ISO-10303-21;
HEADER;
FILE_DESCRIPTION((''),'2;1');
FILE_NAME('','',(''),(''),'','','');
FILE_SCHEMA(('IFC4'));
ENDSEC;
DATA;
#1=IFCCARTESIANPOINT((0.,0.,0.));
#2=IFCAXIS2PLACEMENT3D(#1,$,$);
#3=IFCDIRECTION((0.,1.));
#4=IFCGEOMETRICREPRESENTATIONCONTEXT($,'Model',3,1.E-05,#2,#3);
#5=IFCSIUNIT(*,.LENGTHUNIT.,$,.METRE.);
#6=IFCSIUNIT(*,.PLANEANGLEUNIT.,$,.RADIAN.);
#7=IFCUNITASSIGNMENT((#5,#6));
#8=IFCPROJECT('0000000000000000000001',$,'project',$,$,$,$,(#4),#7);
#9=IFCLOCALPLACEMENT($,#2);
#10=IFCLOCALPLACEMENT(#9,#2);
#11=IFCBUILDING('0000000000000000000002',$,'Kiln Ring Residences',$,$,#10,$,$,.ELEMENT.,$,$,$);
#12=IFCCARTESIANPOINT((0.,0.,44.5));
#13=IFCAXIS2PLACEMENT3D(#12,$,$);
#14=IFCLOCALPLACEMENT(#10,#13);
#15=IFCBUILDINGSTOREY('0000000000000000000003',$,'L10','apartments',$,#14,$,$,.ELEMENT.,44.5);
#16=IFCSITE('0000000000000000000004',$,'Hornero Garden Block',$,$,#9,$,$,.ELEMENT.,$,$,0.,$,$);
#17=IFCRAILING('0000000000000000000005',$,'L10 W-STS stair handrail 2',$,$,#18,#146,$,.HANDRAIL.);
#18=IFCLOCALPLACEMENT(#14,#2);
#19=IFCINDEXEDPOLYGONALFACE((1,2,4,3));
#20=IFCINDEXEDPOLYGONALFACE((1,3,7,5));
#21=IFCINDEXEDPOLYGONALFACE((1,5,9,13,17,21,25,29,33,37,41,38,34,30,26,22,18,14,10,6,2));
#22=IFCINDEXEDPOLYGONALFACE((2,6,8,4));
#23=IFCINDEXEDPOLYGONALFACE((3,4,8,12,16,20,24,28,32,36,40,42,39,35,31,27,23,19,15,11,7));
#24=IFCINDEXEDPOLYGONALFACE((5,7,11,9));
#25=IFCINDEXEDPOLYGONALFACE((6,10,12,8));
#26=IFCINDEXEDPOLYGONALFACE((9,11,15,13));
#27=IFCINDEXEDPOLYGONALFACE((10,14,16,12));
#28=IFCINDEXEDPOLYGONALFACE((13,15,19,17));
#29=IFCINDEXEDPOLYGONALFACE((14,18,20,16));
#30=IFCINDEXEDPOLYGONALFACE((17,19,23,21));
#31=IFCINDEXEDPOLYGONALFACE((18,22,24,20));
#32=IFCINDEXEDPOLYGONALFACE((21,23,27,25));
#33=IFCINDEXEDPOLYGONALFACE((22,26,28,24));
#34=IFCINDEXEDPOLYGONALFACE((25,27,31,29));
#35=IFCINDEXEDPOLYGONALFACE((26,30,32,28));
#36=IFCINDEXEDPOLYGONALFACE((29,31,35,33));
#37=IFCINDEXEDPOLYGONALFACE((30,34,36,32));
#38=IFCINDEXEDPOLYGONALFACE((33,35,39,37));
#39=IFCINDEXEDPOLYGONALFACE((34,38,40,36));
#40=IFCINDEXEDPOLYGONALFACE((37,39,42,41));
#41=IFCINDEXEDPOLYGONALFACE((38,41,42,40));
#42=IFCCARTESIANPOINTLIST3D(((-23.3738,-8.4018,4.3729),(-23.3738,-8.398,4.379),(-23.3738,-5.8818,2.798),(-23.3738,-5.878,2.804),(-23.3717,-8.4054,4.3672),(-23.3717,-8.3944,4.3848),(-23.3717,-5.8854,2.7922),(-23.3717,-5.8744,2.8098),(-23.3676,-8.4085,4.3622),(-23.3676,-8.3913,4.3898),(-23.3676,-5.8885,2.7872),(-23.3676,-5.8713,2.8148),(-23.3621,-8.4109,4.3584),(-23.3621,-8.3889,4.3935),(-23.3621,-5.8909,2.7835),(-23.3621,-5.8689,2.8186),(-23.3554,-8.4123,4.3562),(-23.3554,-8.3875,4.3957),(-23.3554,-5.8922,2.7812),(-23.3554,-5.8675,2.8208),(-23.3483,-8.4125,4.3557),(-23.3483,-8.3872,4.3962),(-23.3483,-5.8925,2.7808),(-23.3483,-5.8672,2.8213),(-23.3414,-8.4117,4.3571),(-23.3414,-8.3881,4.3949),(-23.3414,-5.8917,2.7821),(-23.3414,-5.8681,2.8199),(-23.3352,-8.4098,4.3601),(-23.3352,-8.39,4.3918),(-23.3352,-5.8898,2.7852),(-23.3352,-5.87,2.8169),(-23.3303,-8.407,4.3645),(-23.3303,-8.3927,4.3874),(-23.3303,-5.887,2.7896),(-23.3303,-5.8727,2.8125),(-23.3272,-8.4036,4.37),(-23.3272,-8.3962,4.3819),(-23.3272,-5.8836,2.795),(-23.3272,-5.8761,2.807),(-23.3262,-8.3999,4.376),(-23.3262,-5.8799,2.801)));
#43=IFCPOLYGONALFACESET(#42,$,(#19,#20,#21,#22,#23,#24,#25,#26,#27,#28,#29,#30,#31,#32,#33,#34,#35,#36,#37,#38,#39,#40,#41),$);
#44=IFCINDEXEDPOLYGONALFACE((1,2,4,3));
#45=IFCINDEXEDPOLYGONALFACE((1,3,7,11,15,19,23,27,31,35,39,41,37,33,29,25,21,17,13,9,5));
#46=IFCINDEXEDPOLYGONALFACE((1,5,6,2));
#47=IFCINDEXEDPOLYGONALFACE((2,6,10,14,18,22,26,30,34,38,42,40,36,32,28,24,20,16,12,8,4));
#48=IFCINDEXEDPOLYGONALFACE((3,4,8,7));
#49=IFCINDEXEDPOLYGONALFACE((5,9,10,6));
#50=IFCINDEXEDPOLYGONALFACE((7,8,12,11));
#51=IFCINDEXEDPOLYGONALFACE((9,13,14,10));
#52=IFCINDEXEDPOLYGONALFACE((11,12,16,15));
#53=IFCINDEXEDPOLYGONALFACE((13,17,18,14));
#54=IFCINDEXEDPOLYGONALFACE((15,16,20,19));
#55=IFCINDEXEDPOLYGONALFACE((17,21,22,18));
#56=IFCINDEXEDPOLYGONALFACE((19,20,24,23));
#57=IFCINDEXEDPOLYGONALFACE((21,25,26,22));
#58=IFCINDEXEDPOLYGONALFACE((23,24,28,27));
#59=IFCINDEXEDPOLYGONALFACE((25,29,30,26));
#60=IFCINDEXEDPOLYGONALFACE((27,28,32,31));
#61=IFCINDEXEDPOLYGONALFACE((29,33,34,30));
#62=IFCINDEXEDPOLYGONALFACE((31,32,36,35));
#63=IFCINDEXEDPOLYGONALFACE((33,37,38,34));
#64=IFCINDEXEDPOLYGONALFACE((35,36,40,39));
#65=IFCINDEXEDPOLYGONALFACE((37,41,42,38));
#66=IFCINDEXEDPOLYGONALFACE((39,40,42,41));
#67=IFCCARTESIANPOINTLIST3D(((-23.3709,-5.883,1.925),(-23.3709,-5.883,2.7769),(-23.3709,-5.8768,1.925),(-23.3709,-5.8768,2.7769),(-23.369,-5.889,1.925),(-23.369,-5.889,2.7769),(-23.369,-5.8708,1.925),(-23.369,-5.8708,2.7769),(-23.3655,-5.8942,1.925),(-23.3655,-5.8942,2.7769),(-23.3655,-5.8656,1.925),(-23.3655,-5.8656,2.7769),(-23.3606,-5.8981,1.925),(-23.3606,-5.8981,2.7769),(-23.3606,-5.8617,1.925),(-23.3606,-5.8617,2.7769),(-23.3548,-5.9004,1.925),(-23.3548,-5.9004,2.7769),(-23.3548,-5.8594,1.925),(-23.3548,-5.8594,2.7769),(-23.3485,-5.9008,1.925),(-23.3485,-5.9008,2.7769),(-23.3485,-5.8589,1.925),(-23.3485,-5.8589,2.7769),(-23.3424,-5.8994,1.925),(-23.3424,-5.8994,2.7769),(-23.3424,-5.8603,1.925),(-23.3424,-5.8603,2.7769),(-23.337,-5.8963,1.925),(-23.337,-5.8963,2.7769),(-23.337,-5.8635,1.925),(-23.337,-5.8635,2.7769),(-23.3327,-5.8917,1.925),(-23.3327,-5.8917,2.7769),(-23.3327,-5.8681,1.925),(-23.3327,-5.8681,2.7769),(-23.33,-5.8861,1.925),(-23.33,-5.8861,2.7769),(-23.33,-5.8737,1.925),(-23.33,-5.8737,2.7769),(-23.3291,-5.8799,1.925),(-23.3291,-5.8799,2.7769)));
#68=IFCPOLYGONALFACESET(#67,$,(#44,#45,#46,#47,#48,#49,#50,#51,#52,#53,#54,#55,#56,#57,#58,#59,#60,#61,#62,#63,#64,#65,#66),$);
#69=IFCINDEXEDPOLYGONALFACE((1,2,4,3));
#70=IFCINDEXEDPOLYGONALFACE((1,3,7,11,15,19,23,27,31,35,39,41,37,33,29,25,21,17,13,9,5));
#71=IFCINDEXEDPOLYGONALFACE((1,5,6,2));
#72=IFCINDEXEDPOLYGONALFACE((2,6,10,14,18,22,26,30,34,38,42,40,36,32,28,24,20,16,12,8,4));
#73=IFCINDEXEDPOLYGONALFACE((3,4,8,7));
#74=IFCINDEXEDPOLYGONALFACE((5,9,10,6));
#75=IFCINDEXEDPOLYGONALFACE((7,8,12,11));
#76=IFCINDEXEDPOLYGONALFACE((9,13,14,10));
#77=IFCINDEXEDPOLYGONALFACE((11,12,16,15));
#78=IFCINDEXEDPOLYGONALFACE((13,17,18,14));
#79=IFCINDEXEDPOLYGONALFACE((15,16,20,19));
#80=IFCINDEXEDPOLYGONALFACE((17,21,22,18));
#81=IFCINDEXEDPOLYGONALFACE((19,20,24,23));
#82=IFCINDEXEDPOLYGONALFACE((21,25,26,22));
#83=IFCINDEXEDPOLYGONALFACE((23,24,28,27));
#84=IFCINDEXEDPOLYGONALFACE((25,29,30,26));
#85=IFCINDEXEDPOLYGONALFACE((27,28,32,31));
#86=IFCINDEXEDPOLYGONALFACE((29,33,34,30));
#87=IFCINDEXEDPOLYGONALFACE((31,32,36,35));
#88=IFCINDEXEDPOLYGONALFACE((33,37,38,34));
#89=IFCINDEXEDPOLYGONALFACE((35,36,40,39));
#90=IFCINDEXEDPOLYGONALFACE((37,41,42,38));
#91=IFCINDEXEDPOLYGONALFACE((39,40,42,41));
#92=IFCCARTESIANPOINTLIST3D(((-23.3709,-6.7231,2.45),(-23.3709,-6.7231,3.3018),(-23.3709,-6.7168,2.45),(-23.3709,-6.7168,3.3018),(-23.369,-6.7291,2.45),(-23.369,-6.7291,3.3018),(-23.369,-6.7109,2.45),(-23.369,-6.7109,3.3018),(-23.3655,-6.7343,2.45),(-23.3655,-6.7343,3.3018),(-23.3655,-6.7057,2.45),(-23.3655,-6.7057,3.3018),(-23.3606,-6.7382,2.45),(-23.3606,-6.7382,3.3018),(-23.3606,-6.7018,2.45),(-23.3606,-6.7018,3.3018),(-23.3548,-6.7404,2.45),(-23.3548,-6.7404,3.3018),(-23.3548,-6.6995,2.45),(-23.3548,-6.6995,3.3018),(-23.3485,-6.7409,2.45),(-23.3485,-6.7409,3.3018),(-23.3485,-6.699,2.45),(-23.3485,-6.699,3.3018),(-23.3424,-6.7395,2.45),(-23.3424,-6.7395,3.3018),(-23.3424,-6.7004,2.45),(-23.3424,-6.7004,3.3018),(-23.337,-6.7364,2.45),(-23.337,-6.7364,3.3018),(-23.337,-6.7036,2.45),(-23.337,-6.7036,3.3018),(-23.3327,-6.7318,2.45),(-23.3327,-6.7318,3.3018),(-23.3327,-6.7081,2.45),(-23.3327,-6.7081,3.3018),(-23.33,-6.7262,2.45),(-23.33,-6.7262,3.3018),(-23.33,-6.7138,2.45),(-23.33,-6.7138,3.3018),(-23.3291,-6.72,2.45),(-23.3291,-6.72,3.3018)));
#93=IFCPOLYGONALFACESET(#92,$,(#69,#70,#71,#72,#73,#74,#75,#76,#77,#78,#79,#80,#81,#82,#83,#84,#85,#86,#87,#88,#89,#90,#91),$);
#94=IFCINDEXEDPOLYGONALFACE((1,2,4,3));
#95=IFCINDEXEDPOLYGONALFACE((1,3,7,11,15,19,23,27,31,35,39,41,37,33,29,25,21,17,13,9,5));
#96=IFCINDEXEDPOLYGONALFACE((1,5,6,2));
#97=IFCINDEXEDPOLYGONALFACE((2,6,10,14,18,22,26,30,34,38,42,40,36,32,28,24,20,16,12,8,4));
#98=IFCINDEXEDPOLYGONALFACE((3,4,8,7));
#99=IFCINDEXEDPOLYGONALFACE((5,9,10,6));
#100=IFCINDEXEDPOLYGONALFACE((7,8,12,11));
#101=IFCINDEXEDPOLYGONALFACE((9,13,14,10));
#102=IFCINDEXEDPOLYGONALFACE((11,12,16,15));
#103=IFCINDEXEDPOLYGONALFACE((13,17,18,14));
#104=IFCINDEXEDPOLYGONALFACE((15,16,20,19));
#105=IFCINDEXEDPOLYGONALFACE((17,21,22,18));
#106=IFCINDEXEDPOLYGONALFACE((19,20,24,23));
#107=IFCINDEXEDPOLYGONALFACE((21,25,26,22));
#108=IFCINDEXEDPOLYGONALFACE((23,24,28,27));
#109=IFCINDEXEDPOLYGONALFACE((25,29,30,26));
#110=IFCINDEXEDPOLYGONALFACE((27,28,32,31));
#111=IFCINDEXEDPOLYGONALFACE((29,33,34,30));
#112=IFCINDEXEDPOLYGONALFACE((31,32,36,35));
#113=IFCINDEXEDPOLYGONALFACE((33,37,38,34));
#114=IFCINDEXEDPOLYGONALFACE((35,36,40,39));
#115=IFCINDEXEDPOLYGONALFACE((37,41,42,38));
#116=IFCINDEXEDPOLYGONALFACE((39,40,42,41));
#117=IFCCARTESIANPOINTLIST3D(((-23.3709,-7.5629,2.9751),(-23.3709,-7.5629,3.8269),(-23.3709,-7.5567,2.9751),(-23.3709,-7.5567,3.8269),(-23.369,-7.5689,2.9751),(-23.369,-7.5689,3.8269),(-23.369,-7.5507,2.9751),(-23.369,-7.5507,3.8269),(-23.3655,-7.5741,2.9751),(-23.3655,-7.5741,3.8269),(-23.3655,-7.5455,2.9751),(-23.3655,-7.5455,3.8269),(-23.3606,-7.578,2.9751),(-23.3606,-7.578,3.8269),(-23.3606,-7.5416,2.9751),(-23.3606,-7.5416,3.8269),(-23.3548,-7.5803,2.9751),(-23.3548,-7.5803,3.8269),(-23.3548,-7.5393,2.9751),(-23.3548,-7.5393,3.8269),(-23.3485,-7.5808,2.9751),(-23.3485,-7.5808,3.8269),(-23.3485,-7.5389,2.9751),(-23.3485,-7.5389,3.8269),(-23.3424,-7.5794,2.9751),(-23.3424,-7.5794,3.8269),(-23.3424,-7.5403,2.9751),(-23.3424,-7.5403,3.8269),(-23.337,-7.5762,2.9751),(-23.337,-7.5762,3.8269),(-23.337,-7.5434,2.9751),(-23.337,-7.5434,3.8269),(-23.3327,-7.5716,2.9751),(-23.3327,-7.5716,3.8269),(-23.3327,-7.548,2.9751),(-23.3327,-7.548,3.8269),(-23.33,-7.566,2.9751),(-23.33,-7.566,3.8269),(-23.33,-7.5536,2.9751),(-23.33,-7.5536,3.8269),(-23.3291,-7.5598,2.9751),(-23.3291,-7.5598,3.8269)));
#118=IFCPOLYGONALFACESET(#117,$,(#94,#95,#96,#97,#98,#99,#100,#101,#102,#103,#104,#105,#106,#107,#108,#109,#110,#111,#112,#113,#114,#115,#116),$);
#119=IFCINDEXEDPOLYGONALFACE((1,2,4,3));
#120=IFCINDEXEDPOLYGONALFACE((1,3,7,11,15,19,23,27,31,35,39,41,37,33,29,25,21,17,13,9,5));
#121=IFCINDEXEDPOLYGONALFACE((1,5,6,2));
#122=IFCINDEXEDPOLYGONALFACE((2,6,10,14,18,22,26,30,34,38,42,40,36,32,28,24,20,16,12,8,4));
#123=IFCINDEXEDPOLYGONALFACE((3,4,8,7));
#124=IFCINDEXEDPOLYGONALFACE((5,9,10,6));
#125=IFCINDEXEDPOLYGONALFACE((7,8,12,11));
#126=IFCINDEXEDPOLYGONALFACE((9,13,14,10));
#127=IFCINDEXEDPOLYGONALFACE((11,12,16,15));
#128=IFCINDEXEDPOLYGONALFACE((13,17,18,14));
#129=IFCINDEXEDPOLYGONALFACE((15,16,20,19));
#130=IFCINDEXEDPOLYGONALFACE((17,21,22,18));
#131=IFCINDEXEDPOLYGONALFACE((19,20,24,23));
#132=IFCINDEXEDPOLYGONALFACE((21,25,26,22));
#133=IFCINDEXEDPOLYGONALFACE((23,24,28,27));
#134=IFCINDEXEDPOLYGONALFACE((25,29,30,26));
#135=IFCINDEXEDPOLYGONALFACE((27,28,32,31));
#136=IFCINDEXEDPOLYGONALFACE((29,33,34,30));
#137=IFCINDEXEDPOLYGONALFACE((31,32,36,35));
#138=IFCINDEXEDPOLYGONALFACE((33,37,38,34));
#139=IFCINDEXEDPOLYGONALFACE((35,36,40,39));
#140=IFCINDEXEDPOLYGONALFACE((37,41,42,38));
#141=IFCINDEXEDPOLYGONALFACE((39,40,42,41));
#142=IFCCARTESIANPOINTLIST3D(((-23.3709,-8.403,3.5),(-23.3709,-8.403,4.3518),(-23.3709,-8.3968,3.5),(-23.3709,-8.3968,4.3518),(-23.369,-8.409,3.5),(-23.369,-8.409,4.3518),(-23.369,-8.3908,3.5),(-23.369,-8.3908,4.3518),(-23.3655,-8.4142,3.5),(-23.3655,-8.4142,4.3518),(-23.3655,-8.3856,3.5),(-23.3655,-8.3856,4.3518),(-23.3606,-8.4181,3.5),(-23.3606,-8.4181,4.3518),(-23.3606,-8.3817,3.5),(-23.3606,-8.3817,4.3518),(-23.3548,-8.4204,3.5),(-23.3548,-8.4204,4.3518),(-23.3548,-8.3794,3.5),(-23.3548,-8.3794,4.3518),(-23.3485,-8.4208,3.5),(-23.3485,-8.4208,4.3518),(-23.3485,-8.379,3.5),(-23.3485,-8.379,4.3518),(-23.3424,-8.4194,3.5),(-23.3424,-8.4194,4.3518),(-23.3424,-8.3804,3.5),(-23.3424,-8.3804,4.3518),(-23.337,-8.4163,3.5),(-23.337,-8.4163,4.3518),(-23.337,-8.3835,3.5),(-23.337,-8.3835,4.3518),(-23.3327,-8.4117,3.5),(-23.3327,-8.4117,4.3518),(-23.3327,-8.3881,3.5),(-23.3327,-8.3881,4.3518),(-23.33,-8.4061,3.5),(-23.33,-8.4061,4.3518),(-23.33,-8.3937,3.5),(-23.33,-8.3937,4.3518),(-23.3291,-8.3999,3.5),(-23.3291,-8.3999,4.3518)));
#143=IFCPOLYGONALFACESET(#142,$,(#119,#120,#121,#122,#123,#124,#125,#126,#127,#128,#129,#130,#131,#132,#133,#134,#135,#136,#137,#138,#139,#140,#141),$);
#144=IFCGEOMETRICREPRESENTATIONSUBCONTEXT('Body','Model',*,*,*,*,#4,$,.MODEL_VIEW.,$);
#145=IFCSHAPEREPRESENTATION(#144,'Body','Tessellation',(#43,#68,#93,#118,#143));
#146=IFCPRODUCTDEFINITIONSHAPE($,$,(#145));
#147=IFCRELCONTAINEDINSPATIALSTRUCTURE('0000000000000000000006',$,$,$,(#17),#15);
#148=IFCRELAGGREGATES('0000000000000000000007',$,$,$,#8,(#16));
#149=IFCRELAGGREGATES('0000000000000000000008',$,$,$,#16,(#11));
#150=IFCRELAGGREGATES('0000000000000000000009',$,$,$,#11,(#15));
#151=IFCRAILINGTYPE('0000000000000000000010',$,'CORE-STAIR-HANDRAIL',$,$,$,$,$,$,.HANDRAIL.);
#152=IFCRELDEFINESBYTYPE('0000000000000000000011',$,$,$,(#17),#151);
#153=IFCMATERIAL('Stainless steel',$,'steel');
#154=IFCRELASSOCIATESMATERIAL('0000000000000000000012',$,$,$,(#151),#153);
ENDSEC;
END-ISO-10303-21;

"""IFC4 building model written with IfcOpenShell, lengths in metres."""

from ifc_helpers import new_model, si_unit, direction, frame, origin, origin_2d, place, context, subcontext, project, spatial, circle, extrude, material, type_object, element, save


model = new_model("IFC4")

# Units and contexts
model_context = context("Model", 3, precision=1e-05, world=origin(), true_north=direction((0.0, 1.0)))
body_context = subcontext(model_context, "Body", "Model", "MODEL_VIEW")
ifc_project = project(units=[si_unit("LENGTHUNIT", "METRE"), si_unit("PLANEANGLEUNIT", "RADIAN")], contexts=[model_context])

# Site, building, storey
site_placement = place(None, origin())
site = spatial("IfcSite", under=ifc_project, at=site_placement, Name="Hornero Garden Block", CompositionType="ELEMENT", RefElevation=0.0)
building_placement = place(site_placement, origin())
building = spatial("IfcBuilding", under=site, at=building_placement, Name="Kiln Ring Residences", CompositionType="ELEMENT")
storey_placement = place(building_placement, frame((0.0, 0.0, 44.5)))
storey = spatial("IfcBuildingStorey", under=building, at=storey_placement, Name="L10", Description="apartments", CompositionType="ELEMENT", Elevation=44.5)

# Railing
ifc_material_1 = material(Name="Stainless steel", Category="steel")
railing_type_1 = type_object("IfcRailingType", Name="CORE-STAIR-HANDRAIL", PredefinedType="HANDRAIL", material=ifc_material_1)
railing_1_placement = place(storey_placement, frame((-23.3501, -5.8799, 1.925)))
element("IfcRailing", 1, at=railing_1_placement, inside=storey, type_object=railing_type_1, Name="L10 W-STS stair handrail 2", PredefinedType="HANDRAIL", context=body_context, shape_type="SweptSolid", body=[
    extrude(circle(Radius=0.0239, at=origin_2d()), frame((0.0, 0.0, 0.876), z_axis=(0.0, -0.848008, 0.529984), x_axis=(1.0, 0.0, 0.0)), (0.0, 0.0, 1.0), 2.9717),
    extrude(circle(Radius=0.021, at=origin_2d()), origin(), (0.0, 0.0, 1.0), 0.8518),
    extrude(circle(Radius=0.021, at=origin_2d()), frame((0.0, -0.8401, 0.5249)), (0.0, 0.0, 1.0), 0.8518),
    extrude(circle(Radius=0.021, at=origin_2d()), frame((0.0, -1.6799, 1.05)), (0.0, 0.0, 1.0), 0.8518),
    extrude(circle(Radius=0.021, at=origin_2d()), frame((0.0, -2.52, 1.575)), (0.0, 0.0, 1.0), 0.8518),
])

save(model, "model.ifc")
